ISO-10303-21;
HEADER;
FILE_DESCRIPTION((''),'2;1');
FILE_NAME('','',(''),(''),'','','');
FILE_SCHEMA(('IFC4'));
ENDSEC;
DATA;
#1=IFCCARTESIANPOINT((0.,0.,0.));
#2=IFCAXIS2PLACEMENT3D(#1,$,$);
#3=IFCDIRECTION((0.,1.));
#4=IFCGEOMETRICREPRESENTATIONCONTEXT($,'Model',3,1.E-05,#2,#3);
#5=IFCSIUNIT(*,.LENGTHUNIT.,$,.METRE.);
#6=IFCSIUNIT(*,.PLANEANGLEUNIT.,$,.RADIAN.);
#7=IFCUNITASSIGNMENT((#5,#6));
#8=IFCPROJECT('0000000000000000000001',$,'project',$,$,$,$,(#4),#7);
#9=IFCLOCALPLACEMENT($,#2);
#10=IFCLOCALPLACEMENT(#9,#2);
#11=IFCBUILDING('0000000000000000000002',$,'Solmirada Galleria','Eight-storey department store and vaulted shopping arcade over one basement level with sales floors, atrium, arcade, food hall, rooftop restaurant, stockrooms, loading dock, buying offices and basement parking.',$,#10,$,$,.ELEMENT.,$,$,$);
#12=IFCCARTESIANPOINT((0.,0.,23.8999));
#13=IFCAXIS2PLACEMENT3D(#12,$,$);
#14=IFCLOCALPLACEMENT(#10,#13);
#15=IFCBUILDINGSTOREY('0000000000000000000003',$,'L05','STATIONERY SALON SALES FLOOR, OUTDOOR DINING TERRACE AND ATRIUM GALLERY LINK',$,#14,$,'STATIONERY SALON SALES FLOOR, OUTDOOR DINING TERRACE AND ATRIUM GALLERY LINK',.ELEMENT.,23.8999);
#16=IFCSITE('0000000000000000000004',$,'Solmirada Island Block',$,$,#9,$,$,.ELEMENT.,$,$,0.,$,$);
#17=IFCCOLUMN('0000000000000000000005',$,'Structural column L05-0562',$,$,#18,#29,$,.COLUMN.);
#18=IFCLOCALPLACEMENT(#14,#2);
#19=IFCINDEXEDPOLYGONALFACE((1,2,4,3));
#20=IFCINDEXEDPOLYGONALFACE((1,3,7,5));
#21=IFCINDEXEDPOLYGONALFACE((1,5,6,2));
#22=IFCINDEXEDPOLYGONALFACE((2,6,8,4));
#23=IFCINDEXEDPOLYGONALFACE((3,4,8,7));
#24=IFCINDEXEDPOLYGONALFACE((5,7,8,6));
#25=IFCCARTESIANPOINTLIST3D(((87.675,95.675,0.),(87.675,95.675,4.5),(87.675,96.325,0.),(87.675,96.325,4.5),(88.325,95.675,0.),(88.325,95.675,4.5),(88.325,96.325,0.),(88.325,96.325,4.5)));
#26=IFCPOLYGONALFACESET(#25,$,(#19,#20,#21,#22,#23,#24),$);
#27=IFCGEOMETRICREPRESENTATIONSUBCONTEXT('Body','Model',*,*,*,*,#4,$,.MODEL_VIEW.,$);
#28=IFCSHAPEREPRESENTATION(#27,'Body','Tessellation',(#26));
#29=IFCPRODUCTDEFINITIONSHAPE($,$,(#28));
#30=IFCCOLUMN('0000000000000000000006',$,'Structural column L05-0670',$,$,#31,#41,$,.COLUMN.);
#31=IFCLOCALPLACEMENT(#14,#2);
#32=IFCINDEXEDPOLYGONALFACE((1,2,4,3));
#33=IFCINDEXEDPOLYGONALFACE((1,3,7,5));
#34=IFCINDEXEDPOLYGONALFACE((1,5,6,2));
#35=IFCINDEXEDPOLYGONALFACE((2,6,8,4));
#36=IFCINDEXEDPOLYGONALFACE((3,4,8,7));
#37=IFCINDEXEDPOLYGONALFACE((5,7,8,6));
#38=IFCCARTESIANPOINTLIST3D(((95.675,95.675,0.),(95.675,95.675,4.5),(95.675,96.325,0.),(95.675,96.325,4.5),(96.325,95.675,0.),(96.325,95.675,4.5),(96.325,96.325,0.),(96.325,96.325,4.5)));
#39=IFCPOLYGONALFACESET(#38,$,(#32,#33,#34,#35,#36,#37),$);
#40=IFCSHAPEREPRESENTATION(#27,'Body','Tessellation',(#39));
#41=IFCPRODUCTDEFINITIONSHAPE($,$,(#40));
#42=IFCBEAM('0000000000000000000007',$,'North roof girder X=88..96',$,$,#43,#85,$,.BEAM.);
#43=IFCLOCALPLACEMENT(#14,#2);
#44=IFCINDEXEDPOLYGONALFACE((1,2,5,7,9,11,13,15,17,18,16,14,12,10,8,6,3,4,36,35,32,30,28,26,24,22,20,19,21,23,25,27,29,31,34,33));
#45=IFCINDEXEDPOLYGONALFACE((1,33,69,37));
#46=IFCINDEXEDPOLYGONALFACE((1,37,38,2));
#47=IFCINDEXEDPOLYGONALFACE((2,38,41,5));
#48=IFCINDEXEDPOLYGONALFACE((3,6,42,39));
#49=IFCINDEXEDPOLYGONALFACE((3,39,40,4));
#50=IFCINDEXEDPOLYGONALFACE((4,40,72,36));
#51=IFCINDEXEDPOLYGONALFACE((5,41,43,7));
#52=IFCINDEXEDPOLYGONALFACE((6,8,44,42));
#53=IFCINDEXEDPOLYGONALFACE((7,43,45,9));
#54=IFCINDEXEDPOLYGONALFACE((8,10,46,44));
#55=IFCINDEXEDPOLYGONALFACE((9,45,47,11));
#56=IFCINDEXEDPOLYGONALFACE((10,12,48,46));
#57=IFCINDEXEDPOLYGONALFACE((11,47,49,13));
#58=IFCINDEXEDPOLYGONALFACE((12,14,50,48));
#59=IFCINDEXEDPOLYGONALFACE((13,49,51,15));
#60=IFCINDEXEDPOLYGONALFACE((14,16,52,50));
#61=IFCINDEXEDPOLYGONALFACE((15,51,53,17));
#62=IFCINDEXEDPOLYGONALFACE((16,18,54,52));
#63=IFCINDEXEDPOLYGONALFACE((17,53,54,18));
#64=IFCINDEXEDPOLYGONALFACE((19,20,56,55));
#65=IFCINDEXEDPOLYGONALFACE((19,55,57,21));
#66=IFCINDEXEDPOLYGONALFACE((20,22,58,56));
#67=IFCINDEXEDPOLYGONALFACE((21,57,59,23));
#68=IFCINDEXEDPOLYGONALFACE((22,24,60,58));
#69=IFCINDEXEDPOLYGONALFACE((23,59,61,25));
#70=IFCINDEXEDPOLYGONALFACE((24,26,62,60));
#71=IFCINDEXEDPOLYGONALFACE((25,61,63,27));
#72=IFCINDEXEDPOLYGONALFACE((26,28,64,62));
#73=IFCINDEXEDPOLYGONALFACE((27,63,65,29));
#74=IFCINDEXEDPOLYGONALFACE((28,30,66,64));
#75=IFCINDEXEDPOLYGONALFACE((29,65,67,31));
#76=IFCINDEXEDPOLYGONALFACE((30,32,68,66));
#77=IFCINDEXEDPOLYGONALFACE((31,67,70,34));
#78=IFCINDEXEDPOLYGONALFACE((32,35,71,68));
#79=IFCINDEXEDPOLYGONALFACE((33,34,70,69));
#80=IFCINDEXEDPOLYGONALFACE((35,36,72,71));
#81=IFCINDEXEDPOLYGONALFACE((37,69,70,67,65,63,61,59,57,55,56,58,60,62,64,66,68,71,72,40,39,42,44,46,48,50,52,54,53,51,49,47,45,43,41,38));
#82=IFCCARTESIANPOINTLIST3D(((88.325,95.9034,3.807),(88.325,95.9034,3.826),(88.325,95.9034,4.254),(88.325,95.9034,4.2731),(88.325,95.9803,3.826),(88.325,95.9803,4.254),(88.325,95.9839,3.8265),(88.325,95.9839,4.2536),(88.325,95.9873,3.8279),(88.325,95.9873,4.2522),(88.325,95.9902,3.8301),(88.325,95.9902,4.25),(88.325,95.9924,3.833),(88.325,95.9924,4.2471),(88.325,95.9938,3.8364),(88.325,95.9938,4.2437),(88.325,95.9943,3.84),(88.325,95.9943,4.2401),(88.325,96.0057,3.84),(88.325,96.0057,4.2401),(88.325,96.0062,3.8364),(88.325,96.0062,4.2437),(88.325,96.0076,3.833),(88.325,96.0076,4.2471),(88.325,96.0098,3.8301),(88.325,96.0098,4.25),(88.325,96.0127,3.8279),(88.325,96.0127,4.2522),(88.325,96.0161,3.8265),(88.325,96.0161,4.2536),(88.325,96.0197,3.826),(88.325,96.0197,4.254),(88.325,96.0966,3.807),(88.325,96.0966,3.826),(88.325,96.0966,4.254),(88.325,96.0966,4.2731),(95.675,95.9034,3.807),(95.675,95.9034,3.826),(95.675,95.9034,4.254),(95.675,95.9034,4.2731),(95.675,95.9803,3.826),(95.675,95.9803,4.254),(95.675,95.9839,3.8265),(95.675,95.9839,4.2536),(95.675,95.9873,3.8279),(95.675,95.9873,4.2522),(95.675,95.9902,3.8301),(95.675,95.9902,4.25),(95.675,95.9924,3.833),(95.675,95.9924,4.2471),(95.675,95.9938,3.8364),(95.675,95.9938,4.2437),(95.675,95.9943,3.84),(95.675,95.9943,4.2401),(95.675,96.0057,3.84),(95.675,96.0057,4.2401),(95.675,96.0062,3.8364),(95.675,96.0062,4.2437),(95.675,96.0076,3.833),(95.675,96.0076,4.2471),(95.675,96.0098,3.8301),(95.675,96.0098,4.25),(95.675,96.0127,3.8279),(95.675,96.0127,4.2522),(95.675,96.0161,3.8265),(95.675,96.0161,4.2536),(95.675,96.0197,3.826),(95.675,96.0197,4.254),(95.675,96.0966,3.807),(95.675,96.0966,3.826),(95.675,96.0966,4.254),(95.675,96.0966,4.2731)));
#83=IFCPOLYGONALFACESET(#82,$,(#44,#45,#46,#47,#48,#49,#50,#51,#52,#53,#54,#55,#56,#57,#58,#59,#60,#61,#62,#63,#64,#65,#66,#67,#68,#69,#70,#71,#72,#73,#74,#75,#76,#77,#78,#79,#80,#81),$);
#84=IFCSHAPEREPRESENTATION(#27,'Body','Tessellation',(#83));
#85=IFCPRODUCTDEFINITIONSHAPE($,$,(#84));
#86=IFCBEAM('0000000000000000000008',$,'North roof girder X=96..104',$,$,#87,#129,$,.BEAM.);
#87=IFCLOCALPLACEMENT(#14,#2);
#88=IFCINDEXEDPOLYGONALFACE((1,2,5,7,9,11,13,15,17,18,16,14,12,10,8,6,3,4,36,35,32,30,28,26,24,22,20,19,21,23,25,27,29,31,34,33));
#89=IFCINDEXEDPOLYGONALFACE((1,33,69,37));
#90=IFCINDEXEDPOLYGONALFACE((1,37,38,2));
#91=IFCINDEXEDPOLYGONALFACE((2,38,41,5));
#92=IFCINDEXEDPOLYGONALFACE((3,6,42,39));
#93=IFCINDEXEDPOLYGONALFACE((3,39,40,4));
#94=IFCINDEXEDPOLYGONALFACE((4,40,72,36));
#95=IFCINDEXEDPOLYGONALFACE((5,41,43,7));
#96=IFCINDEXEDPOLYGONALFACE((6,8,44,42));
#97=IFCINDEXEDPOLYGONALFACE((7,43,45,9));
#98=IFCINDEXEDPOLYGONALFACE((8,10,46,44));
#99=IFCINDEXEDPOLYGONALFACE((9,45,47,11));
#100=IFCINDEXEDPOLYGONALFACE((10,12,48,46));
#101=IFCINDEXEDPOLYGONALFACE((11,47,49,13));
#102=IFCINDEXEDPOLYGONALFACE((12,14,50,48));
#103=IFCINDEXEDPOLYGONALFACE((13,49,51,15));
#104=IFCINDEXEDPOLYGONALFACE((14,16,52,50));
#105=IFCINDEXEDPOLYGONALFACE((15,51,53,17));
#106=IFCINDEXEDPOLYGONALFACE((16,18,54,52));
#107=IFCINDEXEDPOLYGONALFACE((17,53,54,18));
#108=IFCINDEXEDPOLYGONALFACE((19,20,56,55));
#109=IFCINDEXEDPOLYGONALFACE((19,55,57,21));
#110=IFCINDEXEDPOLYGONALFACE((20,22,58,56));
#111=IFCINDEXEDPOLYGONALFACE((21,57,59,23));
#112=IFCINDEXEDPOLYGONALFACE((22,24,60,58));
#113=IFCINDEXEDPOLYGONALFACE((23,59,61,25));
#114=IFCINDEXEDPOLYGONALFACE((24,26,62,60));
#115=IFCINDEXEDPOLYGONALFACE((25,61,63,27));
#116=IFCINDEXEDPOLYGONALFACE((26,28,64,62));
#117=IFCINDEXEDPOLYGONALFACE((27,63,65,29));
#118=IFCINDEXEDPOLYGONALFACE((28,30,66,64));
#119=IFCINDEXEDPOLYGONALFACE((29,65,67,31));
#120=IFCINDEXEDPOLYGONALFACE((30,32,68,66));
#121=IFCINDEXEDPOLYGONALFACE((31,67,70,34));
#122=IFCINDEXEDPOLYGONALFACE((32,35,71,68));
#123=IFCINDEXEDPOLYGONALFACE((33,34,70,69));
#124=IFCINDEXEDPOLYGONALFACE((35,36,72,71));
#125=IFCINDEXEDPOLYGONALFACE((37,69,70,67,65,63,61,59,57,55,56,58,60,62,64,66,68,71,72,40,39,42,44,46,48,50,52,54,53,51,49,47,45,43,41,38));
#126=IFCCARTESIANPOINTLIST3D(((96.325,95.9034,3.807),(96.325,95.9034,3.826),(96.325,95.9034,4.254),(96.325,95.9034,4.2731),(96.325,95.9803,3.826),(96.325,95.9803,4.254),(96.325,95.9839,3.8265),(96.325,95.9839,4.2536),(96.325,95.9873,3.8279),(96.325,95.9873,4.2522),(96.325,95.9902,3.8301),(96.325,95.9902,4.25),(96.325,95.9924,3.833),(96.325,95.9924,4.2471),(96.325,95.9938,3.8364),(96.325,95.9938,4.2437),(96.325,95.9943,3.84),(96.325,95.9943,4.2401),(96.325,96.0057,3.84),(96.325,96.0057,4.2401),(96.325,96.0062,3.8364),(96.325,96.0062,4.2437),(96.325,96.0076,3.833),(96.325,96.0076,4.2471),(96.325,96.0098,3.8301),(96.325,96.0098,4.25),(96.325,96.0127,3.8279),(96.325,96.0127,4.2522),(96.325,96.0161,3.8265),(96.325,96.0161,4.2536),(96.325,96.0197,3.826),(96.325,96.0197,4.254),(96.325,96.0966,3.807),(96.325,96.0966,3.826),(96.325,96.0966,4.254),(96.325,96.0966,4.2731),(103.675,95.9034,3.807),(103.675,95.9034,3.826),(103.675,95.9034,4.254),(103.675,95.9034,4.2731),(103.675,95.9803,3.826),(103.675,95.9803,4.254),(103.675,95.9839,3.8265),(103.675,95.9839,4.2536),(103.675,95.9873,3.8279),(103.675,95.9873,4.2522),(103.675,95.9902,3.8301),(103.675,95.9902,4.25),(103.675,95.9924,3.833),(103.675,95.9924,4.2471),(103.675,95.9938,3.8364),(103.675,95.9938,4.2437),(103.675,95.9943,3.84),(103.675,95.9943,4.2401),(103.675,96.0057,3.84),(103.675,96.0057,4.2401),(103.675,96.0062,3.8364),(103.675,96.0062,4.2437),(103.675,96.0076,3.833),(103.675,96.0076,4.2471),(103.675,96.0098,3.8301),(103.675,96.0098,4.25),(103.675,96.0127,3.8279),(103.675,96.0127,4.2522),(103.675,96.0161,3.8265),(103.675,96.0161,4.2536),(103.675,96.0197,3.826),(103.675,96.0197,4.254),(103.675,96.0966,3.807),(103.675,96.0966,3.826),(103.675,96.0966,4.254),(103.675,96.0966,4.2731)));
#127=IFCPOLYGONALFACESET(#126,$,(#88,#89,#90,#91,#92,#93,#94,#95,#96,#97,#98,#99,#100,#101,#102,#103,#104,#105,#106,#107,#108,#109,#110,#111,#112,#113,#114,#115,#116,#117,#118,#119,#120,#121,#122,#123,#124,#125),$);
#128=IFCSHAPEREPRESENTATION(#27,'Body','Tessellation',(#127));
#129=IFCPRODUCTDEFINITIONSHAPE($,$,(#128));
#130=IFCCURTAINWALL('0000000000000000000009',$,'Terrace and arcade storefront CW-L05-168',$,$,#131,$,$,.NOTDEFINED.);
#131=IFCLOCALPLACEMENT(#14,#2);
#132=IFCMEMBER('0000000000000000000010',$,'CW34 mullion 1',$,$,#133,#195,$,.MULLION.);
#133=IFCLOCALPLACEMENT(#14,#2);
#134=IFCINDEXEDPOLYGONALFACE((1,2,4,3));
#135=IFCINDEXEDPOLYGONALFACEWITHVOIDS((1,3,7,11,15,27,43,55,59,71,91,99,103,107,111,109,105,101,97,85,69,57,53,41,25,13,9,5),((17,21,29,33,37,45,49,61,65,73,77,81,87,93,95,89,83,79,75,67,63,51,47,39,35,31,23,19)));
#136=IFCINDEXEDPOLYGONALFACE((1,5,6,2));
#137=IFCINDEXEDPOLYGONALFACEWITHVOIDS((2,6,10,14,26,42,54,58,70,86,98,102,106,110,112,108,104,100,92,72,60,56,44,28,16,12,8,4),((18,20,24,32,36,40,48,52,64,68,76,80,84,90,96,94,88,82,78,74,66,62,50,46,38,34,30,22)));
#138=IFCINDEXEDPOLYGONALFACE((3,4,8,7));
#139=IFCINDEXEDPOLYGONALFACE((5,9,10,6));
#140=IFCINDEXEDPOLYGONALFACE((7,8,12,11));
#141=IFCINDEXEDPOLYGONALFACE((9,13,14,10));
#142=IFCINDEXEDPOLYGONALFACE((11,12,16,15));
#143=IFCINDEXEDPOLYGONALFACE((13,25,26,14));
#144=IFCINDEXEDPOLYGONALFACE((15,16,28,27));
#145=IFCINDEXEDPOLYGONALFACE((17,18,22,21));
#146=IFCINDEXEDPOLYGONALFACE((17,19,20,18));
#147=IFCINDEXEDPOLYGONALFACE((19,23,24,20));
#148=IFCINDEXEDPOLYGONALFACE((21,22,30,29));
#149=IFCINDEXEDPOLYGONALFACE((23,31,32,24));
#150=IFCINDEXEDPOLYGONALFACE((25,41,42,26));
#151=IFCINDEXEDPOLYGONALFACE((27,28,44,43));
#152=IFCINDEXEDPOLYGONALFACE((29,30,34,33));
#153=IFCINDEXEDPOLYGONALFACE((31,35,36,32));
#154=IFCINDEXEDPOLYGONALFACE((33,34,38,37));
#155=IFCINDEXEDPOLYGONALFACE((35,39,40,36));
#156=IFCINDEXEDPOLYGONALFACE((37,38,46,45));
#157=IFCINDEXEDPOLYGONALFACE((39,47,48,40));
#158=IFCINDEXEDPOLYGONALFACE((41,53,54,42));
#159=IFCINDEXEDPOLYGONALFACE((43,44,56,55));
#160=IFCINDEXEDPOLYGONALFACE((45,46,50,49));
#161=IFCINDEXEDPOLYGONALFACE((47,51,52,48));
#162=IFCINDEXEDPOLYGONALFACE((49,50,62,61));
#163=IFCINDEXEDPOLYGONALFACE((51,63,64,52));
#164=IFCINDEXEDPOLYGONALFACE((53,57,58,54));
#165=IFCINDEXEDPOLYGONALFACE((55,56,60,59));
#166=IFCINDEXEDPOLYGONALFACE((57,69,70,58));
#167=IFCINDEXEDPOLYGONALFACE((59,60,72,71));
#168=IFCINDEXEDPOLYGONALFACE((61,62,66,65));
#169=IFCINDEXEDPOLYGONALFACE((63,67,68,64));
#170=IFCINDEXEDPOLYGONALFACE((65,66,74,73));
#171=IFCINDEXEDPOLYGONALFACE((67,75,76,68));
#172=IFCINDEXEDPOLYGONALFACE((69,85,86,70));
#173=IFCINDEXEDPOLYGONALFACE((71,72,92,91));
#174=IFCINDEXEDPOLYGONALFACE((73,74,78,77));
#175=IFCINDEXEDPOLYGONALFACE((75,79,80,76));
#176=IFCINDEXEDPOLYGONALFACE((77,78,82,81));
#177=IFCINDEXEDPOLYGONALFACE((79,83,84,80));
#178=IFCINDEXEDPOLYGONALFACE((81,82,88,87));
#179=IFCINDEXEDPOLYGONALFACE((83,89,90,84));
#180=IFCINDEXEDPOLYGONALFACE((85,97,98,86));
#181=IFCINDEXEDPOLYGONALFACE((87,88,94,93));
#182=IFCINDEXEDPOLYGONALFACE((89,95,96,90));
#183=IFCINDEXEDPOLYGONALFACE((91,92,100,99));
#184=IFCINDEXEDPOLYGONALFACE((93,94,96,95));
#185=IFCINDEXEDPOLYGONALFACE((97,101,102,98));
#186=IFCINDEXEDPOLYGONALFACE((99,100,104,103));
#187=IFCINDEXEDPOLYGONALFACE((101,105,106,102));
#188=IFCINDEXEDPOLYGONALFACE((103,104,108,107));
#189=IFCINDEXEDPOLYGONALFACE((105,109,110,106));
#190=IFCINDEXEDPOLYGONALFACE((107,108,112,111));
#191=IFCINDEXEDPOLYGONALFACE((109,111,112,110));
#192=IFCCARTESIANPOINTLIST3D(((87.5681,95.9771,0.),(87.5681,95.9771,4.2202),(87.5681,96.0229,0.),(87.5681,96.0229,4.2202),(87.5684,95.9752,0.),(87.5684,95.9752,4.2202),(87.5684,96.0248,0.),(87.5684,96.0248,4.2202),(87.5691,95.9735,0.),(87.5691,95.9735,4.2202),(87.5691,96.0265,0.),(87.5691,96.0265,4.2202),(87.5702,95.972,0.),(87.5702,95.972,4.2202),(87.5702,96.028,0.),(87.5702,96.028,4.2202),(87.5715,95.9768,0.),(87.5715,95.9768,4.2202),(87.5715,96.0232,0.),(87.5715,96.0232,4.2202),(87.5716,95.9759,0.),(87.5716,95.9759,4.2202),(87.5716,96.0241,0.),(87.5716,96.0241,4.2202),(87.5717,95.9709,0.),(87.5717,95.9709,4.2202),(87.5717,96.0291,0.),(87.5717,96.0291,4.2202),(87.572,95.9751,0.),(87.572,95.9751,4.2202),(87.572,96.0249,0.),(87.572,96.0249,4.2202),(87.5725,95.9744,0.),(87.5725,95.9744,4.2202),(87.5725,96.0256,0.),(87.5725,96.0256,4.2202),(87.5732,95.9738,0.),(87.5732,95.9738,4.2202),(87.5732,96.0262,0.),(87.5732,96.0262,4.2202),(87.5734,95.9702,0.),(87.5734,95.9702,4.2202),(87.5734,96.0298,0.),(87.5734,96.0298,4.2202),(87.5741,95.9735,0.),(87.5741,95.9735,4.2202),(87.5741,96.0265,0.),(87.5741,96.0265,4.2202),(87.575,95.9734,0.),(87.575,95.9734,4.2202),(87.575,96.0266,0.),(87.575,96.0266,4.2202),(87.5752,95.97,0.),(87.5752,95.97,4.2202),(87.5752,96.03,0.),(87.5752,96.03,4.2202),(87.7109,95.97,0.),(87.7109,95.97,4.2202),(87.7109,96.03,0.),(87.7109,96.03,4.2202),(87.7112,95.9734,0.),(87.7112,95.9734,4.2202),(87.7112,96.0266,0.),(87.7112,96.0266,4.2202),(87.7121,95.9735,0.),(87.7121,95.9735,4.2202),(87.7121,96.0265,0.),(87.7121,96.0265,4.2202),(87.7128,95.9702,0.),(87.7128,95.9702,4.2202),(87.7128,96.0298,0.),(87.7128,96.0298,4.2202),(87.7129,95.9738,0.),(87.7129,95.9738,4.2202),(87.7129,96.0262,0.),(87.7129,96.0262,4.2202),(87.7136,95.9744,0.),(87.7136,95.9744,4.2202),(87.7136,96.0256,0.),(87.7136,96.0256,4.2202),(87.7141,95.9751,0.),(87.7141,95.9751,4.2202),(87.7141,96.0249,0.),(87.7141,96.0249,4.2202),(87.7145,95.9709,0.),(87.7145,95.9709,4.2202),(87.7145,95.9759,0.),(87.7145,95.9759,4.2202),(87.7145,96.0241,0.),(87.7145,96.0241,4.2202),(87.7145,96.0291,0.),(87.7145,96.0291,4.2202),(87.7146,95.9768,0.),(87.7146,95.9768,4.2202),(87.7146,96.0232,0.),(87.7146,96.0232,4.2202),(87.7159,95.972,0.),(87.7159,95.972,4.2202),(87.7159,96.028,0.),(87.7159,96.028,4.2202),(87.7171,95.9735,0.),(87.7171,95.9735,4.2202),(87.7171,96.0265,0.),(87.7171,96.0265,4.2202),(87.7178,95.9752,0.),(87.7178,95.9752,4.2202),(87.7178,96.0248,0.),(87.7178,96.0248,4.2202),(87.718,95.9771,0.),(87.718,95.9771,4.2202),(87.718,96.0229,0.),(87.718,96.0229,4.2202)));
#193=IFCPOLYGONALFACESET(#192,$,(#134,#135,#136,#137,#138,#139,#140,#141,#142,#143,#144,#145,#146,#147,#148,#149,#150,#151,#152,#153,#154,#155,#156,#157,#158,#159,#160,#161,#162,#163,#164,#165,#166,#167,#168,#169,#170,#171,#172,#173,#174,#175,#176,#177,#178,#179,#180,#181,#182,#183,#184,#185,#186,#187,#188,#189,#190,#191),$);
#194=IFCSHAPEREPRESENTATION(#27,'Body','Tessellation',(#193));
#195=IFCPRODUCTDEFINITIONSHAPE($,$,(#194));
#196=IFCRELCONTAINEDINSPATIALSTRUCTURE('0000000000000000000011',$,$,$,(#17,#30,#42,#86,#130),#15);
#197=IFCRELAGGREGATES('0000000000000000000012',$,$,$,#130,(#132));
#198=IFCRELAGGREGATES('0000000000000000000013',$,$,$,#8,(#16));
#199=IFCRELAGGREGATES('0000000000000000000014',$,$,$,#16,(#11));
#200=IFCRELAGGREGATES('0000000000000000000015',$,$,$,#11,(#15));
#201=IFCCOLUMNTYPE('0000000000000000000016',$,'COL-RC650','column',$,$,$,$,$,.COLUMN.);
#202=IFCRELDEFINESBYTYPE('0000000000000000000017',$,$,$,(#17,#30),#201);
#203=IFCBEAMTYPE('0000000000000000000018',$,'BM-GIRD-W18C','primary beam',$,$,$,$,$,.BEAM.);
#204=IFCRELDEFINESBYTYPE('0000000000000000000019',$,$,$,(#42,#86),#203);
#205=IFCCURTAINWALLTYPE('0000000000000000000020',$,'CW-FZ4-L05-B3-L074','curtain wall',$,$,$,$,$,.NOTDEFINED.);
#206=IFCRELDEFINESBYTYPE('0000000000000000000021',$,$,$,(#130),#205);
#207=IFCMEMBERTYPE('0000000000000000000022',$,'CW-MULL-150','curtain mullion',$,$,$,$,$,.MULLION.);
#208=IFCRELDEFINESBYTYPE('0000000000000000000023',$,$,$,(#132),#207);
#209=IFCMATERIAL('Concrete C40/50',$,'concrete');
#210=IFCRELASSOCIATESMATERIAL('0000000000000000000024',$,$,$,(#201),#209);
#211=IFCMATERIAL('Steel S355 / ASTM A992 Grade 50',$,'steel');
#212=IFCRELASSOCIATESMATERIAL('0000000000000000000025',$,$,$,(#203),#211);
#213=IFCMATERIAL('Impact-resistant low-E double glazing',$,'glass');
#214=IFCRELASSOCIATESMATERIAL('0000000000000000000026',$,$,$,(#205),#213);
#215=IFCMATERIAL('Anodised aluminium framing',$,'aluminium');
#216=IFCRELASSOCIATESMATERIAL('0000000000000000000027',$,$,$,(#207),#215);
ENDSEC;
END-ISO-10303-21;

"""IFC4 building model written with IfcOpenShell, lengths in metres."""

from ifc_helpers import new_model, si_unit, direction, frame, origin, origin_2d, place, context, subcontext, project, spatial, rectangle, hollow_rectangle, i_section, extrude, material, material_profile, profile_set, type_object, element, aggregate, save


model = new_model("IFC4")

# Units and contexts
model_context = context("Model", 3, precision=1e-05, world=origin(), true_north=direction((0.0, 1.0)))
body_context = subcontext(model_context, "Body", "Model", "MODEL_VIEW")
ifc_project = project(units=[si_unit("LENGTHUNIT", "METRE"), si_unit("PLANEANGLEUNIT", "RADIAN")], contexts=[model_context])

# Site, building, storey
site_placement = place(None, origin())
site = spatial("IfcSite", under=ifc_project, at=site_placement, Name="Solmirada Island Block", CompositionType="ELEMENT", RefElevation=0.0)
building_placement = place(site_placement, origin())
building = spatial("IfcBuilding", under=site, at=building_placement, Name="Solmirada Galleria", Description="Eight-storey department store and vaulted shopping arcade over one basement level with sales floors, atrium, arcade, food hall, rooftop restaurant, stockrooms, loading dock, buying offices and basement parking.", CompositionType="ELEMENT")
storey_placement = place(building_placement, frame((0.0, 0.0, 23.8999)))
storey = spatial("IfcBuildingStorey", under=building, at=storey_placement, Name="L05", Description="STATIONERY SALON SALES FLOOR, OUTDOOR DINING TERRACE AND ATRIUM GALLERY LINK", LongName="STATIONERY SALON SALES FLOOR, OUTDOOR DINING TERRACE AND ATRIUM GALLERY LINK", CompositionType="ELEMENT", Elevation=23.8999)

# Columns
ifc_material_1 = material(Name="Concrete C40/50", Category="concrete")
ifc_material_profile_1 = material_profile(ifc_material_1, rectangle(XDim=0.6499, YDim=0.6499, at=origin_2d()), Name="RC650X650")
ifc_profile_set_1 = profile_set([ifc_material_profile_1], Name="Concrete C40/50")
column_type = type_object("IfcColumnType", Name="COL-RC650", Description="column", PredefinedType="COLUMN", material=ifc_profile_set_1)
for number, where, z_axis, x_axis, name in (
    (1, (88.0, 96.0, 0.0), (0.0, 0.0, 1.0), (1.0, 0.0, 0.0), "Structural column L05-0562"),
    (2, (96.0, 96.0, 0.0), (0.0, 0.0, 1.0), (1.0, 0.0, 0.0), "Structural column L05-0670"),
):
    element("IfcColumn", number, at=place(storey_placement, frame(where, z_axis=z_axis, x_axis=x_axis)), inside=storey, type_object=column_type, Name=name, PredefinedType="COLUMN", context=body_context, shape_type="SweptSolid", body=[
        extrude(rectangle(XDim=0.6499, YDim=0.6499, at=origin_2d()), origin(), (0.0, 0.0, 1.0), 4.5),
    ])

# Beams
ifc_material_2 = material(Name="Steel S355 / ASTM A992 Grade 50", Category="steel")
ifc_material_profile_2 = material_profile(ifc_material_2, i_section(OverallWidth=0.1931, OverallDepth=0.4661, WebThickness=0.0115, FlangeThickness=0.019, FilletRadius=0.0139, at=origin_2d()), Name="W18X65")
ifc_profile_set_2 = profile_set([ifc_material_profile_2], Name="Steel S355 / ASTM A992 Grade 50")
beam_type = type_object("IfcBeamType", Name="BM-GIRD-W18C", Description="primary beam", PredefinedType="BEAM", material=ifc_profile_set_2)
for number, where, z_axis, x_axis, name in (
    (3, (88.325, 96.0, 4.04), (1.0, 0.0, 0.0), (0.0, 1.0, 0.0), "North roof girder X=88..96"),
    (4, (96.325, 96.0, 4.04), (1.0, 0.0, 0.0), (0.0, 1.0, 0.0), "North roof girder X=96..104"),
):
    element("IfcBeam", number, at=place(storey_placement, frame(where, z_axis=z_axis, x_axis=x_axis)), inside=storey, type_object=beam_type, Name=name, PredefinedType="BEAM", context=body_context, shape_type="SweptSolid", body=[
        extrude(i_section(OverallWidth=0.1931, OverallDepth=0.4661, WebThickness=0.0115, FlangeThickness=0.019, FilletRadius=0.0139, at=origin_2d()), origin(), (0.0, 0.0, 1.0), 7.3501),
    ])

# Curtain wall, member
ifc_material_3 = material(Name="Impact-resistant low-E double glazing", Category="glass")
curtain_wall_type = type_object("IfcCurtainWallType", Name="CW-FZ4-L05-B3-L074", Description="curtain wall", PredefinedType="NOTDEFINED", material=ifc_material_3)
curtain_wall_1_placement = place(storey_placement, origin())
curtain_wall_1 = element("IfcCurtainWall", 5, at=curtain_wall_1_placement, inside=storey, type_object=curtain_wall_type, Name="Terrace and arcade storefront CW-L05-168", PredefinedType="NOTDEFINED")
ifc_material_4 = material(Name="Anodised aluminium framing", Category="aluminium")
ifc_material_profile_3 = material_profile(ifc_material_4, hollow_rectangle(XDim=0.0601, YDim=0.1499, WallThickness=0.0034, InnerFilletRadius=0.0034, OuterFilletRadius=0.0071, at=origin_2d()), Name="ALU-MULL-150X60")
ifc_profile_set_3 = profile_set([ifc_material_profile_3], Name="Anodised aluminium framing")
member_type_1 = type_object("IfcMemberType", Name="CW-MULL-150", Description="curtain mullion", PredefinedType="MULLION", material=ifc_profile_set_3)
member_1_placement = place(storey_placement, frame((87.6431, 96.0, 0.0), z_axis=(0.0, 0.0, 1.0), x_axis=(0.0, -1.0, 0.0)))
member_1 = element("IfcMember", 6, at=member_1_placement, type_object=member_type_1, Name="CW34 mullion 1", PredefinedType="MULLION", context=body_context, shape_type="SweptSolid", body=[
    extrude(hollow_rectangle(XDim=0.0601, YDim=0.1499, WallThickness=0.0034, InnerFilletRadius=0.0034, OuterFilletRadius=0.0071, at=origin_2d()), origin(), (0.0, 0.0, 1.0), 4.2202),
])

aggregate(curtain_wall_1, [member_1])

save(model, "model.ifc")
